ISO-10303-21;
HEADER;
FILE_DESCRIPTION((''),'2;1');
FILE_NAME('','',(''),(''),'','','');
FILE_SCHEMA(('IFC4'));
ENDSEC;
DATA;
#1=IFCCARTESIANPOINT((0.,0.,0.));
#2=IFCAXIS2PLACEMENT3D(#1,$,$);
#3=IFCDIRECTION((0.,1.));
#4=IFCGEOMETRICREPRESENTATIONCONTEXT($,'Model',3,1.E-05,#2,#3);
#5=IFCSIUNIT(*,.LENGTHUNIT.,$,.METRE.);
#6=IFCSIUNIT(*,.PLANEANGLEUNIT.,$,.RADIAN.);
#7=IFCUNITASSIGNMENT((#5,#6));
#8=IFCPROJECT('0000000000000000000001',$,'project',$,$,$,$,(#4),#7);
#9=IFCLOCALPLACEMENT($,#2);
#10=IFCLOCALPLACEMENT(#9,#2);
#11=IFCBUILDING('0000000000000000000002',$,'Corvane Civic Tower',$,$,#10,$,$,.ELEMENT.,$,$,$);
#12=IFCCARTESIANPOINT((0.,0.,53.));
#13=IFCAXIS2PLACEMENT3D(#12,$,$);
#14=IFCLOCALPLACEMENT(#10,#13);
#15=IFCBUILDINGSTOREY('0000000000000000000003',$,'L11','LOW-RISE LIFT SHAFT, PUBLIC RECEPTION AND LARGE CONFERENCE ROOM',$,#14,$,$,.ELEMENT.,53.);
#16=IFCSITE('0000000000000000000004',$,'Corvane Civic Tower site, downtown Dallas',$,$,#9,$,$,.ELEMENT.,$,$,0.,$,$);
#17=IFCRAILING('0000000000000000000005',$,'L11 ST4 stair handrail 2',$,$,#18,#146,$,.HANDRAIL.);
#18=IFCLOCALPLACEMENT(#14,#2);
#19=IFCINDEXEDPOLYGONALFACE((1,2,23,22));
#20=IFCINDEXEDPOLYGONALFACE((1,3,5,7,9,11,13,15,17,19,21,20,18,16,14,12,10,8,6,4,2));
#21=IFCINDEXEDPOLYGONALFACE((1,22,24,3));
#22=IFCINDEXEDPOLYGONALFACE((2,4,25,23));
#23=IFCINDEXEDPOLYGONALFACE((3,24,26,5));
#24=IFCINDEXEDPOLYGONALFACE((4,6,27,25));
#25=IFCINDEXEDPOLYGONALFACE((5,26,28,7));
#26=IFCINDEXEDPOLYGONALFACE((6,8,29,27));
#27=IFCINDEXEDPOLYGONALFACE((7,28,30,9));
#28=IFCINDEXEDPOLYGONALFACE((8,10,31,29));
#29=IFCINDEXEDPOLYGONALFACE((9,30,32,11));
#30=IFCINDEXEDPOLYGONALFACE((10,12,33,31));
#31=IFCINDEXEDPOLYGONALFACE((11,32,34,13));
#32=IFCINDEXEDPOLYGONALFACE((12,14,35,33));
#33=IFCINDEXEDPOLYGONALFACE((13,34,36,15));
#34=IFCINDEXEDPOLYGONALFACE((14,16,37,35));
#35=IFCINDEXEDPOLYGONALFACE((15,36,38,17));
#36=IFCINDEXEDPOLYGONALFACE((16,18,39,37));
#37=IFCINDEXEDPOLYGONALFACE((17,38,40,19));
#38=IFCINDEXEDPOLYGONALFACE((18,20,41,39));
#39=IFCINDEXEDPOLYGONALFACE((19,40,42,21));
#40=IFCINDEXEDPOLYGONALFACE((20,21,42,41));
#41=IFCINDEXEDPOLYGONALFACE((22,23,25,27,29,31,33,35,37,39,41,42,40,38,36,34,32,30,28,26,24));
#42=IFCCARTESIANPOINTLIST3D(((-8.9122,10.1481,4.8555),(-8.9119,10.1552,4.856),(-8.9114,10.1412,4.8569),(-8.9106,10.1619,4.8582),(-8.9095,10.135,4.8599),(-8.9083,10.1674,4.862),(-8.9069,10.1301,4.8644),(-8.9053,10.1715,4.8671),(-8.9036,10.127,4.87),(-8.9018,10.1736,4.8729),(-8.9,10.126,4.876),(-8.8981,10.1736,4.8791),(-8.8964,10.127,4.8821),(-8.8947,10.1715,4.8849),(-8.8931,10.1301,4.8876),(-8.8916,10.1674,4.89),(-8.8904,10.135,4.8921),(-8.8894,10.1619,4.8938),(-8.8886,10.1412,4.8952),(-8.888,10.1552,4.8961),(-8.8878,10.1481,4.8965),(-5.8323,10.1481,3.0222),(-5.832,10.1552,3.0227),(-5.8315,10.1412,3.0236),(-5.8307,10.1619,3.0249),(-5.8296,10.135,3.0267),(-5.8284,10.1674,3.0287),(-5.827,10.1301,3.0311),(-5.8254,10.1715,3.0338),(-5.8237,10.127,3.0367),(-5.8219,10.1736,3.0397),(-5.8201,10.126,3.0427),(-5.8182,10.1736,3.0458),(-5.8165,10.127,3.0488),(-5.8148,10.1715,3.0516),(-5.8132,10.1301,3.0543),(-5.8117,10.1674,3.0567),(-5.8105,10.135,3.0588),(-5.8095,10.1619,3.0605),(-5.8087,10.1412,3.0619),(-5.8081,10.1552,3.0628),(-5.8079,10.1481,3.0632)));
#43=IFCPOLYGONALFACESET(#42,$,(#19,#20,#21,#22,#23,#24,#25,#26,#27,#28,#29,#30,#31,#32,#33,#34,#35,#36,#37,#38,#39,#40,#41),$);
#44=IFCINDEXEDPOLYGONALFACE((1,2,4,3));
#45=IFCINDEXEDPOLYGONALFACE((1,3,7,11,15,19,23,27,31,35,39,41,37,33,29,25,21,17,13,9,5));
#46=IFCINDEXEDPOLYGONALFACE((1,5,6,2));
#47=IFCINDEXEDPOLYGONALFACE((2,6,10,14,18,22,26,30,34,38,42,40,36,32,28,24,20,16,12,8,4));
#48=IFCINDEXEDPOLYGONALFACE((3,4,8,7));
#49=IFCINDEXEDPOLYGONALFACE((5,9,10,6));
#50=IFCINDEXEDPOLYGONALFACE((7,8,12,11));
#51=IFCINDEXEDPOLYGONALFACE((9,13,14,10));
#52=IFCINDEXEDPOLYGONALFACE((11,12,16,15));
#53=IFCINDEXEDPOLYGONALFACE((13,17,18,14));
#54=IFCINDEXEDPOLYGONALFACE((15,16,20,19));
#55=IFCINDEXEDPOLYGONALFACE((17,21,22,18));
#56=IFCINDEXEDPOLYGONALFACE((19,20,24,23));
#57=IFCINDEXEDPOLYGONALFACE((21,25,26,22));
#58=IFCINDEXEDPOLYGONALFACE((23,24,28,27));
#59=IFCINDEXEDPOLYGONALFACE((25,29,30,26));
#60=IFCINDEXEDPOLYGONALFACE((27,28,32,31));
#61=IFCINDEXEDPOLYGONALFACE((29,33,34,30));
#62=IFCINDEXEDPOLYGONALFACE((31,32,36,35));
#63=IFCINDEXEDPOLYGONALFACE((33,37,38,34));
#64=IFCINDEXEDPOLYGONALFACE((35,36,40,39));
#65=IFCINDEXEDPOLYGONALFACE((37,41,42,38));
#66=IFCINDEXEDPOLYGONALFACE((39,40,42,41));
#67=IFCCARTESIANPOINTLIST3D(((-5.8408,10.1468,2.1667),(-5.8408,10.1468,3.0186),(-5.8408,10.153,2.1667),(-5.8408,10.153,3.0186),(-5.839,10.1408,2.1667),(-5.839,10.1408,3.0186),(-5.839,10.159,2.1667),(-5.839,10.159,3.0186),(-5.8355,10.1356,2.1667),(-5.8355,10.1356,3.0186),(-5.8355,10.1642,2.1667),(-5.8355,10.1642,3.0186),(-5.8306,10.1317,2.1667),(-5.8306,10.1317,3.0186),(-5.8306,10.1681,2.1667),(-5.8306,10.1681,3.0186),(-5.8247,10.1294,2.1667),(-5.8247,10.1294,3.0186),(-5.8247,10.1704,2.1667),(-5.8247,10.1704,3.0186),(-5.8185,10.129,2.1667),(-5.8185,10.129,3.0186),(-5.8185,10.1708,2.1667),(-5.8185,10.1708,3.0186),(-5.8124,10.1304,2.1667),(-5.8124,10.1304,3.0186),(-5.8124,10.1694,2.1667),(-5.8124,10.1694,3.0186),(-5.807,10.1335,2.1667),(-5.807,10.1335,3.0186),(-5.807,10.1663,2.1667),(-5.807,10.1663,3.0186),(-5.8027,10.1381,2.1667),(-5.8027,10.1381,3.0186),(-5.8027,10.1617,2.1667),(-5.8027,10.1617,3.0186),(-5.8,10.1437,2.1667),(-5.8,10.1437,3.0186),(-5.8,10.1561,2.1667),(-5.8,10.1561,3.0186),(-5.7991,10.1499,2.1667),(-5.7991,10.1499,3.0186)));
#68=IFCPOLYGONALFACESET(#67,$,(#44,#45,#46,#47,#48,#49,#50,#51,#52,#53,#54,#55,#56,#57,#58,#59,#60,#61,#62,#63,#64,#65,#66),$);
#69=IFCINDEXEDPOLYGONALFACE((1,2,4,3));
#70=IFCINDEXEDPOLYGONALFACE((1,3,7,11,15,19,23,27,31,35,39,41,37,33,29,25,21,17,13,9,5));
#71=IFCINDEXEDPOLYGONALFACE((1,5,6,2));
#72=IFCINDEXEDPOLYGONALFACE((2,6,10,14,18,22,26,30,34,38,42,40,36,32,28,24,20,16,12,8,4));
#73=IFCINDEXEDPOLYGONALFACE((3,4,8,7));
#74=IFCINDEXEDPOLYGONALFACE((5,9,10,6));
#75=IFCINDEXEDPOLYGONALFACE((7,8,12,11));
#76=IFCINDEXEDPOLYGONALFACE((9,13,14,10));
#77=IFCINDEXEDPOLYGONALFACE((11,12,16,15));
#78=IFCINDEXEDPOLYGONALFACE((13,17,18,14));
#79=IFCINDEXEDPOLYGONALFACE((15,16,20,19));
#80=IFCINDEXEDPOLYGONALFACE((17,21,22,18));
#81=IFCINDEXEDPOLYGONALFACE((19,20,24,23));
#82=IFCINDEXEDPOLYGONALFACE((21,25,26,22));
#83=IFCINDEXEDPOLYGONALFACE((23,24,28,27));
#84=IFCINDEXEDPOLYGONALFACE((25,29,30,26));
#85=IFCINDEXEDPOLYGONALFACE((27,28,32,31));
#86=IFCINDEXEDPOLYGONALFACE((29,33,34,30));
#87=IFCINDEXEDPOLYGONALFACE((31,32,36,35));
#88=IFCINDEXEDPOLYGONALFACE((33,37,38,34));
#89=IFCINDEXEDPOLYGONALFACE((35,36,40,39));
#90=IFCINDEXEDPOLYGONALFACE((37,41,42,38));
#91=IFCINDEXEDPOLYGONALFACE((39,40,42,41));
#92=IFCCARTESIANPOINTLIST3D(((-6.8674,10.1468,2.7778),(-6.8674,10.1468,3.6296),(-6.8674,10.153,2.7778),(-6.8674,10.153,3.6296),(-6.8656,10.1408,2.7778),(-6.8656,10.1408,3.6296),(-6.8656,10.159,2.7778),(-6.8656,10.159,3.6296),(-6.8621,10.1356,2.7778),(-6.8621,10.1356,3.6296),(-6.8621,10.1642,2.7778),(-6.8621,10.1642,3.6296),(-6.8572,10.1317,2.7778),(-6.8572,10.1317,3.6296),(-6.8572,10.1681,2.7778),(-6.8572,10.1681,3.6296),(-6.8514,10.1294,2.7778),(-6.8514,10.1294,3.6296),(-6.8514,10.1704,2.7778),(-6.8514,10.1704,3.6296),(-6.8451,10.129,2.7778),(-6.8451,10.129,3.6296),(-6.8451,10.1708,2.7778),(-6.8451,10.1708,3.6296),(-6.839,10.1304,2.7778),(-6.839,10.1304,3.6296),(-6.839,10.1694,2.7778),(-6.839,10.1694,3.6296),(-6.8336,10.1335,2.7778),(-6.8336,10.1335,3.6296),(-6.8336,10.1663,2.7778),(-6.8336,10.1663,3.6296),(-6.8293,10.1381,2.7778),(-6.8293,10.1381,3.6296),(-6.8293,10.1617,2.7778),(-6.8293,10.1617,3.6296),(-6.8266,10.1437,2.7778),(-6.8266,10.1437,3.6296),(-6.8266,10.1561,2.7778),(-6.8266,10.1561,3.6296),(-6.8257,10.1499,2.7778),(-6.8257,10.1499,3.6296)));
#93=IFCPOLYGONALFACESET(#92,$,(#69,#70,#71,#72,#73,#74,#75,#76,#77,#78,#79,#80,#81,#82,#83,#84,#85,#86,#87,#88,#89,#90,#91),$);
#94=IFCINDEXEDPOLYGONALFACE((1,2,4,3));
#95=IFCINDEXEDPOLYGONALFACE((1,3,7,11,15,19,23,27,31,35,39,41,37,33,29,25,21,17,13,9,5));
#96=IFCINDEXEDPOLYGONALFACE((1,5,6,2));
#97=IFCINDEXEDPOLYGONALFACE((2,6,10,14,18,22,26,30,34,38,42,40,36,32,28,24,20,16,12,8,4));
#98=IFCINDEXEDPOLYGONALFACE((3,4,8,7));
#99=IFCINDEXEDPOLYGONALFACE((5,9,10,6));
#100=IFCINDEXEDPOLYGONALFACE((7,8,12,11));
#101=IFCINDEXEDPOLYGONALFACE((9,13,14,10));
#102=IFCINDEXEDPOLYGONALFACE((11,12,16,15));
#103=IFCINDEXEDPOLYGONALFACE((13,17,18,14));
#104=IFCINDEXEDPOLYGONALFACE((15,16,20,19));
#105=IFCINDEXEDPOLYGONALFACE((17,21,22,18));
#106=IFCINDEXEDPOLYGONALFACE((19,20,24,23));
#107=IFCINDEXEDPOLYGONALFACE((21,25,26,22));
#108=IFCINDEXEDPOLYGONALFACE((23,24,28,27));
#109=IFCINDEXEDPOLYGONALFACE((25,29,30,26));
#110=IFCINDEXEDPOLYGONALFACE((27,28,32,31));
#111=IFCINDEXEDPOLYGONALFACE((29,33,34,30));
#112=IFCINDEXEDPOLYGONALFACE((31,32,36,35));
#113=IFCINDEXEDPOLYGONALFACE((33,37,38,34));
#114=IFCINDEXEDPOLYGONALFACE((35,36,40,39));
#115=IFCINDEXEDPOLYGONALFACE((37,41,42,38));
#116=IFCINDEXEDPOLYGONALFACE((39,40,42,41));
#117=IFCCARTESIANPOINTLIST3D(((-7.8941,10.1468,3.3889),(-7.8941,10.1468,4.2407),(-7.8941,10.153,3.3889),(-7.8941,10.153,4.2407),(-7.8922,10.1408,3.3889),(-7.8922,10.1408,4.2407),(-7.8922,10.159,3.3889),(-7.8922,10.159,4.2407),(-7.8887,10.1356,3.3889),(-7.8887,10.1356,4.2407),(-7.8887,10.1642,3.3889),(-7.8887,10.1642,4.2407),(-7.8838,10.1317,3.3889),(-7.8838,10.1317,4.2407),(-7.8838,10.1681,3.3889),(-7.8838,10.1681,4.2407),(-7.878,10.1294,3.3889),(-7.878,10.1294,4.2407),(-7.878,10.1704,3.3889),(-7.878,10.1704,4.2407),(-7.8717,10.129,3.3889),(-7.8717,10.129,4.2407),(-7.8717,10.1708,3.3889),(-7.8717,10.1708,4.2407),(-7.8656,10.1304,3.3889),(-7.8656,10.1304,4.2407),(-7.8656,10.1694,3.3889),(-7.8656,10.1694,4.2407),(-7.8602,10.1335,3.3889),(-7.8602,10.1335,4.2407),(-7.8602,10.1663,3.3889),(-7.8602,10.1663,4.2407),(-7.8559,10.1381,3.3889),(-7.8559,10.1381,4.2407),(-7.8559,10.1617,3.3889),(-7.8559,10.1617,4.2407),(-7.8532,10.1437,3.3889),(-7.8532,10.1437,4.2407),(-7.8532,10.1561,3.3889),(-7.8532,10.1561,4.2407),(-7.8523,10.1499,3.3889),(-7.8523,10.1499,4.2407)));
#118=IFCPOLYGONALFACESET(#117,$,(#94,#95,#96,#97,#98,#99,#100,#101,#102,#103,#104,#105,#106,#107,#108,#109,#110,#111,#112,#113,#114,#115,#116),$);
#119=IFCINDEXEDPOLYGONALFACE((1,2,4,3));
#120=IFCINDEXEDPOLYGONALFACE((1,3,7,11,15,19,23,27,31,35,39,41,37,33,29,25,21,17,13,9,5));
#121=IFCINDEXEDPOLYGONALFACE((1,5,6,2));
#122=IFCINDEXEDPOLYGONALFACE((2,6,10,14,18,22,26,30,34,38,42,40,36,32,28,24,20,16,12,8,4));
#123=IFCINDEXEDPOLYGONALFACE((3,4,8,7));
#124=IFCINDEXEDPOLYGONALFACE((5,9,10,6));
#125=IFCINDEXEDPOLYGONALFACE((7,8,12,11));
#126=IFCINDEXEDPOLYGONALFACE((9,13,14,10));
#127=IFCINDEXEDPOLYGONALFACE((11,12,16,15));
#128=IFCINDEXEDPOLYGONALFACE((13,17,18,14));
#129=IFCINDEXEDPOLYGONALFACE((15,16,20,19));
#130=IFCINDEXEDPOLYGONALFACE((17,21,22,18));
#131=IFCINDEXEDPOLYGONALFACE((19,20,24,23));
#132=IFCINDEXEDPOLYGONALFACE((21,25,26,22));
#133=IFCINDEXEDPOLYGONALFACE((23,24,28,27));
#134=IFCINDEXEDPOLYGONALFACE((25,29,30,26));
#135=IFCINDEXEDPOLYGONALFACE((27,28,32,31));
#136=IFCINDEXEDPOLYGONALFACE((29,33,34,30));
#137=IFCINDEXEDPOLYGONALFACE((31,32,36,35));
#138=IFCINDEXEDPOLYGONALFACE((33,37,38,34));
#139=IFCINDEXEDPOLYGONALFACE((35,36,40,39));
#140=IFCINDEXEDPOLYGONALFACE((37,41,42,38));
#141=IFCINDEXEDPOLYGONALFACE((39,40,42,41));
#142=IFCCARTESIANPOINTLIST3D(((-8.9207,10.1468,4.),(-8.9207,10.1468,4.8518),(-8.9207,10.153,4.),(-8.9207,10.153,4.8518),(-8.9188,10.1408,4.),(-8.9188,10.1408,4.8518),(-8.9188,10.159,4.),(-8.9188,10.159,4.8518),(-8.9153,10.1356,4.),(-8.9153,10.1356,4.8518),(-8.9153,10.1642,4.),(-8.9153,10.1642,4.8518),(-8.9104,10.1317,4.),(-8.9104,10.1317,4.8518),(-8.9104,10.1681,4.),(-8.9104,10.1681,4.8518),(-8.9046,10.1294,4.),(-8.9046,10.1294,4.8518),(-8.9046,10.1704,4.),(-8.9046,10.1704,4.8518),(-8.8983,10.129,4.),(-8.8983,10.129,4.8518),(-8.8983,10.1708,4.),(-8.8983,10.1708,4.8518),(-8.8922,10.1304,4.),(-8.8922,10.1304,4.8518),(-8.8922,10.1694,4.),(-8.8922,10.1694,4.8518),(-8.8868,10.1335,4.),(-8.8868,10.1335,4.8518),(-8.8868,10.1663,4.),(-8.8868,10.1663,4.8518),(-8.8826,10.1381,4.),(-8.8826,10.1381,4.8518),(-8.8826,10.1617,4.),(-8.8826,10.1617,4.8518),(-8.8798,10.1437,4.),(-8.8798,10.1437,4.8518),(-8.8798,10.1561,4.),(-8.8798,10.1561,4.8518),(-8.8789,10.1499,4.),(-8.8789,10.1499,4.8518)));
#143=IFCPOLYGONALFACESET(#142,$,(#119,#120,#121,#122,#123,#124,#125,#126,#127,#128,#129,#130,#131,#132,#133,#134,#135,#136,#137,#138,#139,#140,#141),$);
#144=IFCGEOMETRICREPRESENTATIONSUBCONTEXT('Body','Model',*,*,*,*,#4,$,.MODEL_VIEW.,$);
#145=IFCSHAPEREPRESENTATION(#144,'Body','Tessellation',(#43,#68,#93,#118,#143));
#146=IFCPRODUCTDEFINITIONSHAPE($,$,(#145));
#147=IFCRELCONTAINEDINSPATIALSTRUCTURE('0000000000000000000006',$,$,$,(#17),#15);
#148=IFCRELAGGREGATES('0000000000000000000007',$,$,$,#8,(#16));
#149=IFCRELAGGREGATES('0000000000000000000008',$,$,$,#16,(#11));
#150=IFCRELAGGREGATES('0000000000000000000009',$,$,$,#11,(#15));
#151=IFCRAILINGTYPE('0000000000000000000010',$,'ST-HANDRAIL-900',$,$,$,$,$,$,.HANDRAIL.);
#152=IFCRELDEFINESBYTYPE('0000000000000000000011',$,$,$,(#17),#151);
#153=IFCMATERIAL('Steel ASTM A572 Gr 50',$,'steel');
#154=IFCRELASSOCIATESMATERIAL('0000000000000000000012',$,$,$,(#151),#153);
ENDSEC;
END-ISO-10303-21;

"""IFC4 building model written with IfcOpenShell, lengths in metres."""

from ifc_helpers import new_model, si_unit, direction, frame, origin, origin_2d, place, context, subcontext, project, spatial, circle, extrude, material, type_object, element, save


model = new_model("IFC4")

# Units and contexts
model_context = context("Model", 3, precision=1e-05, world=origin(), true_north=direction((0.0, 1.0)))
body_context = subcontext(model_context, "Body", "Model", "MODEL_VIEW")
ifc_project = project(units=[si_unit("LENGTHUNIT", "METRE"), si_unit("PLANEANGLEUNIT", "RADIAN")], contexts=[model_context])

# Site, building, storey
site_placement = place(None, origin())
site = spatial("IfcSite", under=ifc_project, at=site_placement, Name="Corvane Civic Tower site, downtown Dallas", CompositionType="ELEMENT", RefElevation=0.0)
building_placement = place(site_placement, origin())
building = spatial("IfcBuilding", under=site, at=building_placement, Name="Corvane Civic Tower", CompositionType="ELEMENT")
storey_placement = place(building_placement, frame((0.0, 0.0, 53.0)))
storey = spatial("IfcBuildingStorey", under=building, at=storey_placement, Name="L11", Description="LOW-RISE LIFT SHAFT, PUBLIC RECEPTION AND LARGE CONFERENCE ROOM", CompositionType="ELEMENT", Elevation=53.0)

# Railing
ifc_material_1 = material(Name="Steel ASTM A572 Gr 50", Category="steel")
railing_type = type_object("IfcRailingType", Name="ST-HANDRAIL-900", PredefinedType="HANDRAIL", material=ifc_material_1)
railing_1_placement = place(storey_placement, frame((-5.8201, 10.1499, 2.1667)))
element("IfcRailing", 1, at=railing_1_placement, inside=storey, type_object=railing_type, Name="L11 ST4 stair handrail 2", PredefinedType="HANDRAIL", context=body_context, shape_type="SweptSolid", body=[
    extrude(circle(Radius=0.0239, at=origin_2d()), frame((0.0, 0.0, 0.876), z_axis=(-0.859291, 0.0, 0.511487), x_axis=(0.0, -1.0, 0.0)), (0.0, 0.0, 1.0), 3.5842),
    extrude(circle(Radius=0.021, at=origin_2d()), origin(), (0.0, 0.0, 1.0), 0.8518),
    extrude(circle(Radius=0.021, at=origin_2d()), frame((-1.0266, 0.0, 0.6111)), (0.0, 0.0, 1.0), 0.8518),
    extrude(circle(Radius=0.021, at=origin_2d()), frame((-2.0532, 0.0, 1.2222)), (0.0, 0.0, 1.0), 0.8518),
    extrude(circle(Radius=0.021, at=origin_2d()), frame((-3.0798, 0.0, 1.8333)), (0.0, 0.0, 1.0), 0.8518),
])

save(model, "model.ifc")
